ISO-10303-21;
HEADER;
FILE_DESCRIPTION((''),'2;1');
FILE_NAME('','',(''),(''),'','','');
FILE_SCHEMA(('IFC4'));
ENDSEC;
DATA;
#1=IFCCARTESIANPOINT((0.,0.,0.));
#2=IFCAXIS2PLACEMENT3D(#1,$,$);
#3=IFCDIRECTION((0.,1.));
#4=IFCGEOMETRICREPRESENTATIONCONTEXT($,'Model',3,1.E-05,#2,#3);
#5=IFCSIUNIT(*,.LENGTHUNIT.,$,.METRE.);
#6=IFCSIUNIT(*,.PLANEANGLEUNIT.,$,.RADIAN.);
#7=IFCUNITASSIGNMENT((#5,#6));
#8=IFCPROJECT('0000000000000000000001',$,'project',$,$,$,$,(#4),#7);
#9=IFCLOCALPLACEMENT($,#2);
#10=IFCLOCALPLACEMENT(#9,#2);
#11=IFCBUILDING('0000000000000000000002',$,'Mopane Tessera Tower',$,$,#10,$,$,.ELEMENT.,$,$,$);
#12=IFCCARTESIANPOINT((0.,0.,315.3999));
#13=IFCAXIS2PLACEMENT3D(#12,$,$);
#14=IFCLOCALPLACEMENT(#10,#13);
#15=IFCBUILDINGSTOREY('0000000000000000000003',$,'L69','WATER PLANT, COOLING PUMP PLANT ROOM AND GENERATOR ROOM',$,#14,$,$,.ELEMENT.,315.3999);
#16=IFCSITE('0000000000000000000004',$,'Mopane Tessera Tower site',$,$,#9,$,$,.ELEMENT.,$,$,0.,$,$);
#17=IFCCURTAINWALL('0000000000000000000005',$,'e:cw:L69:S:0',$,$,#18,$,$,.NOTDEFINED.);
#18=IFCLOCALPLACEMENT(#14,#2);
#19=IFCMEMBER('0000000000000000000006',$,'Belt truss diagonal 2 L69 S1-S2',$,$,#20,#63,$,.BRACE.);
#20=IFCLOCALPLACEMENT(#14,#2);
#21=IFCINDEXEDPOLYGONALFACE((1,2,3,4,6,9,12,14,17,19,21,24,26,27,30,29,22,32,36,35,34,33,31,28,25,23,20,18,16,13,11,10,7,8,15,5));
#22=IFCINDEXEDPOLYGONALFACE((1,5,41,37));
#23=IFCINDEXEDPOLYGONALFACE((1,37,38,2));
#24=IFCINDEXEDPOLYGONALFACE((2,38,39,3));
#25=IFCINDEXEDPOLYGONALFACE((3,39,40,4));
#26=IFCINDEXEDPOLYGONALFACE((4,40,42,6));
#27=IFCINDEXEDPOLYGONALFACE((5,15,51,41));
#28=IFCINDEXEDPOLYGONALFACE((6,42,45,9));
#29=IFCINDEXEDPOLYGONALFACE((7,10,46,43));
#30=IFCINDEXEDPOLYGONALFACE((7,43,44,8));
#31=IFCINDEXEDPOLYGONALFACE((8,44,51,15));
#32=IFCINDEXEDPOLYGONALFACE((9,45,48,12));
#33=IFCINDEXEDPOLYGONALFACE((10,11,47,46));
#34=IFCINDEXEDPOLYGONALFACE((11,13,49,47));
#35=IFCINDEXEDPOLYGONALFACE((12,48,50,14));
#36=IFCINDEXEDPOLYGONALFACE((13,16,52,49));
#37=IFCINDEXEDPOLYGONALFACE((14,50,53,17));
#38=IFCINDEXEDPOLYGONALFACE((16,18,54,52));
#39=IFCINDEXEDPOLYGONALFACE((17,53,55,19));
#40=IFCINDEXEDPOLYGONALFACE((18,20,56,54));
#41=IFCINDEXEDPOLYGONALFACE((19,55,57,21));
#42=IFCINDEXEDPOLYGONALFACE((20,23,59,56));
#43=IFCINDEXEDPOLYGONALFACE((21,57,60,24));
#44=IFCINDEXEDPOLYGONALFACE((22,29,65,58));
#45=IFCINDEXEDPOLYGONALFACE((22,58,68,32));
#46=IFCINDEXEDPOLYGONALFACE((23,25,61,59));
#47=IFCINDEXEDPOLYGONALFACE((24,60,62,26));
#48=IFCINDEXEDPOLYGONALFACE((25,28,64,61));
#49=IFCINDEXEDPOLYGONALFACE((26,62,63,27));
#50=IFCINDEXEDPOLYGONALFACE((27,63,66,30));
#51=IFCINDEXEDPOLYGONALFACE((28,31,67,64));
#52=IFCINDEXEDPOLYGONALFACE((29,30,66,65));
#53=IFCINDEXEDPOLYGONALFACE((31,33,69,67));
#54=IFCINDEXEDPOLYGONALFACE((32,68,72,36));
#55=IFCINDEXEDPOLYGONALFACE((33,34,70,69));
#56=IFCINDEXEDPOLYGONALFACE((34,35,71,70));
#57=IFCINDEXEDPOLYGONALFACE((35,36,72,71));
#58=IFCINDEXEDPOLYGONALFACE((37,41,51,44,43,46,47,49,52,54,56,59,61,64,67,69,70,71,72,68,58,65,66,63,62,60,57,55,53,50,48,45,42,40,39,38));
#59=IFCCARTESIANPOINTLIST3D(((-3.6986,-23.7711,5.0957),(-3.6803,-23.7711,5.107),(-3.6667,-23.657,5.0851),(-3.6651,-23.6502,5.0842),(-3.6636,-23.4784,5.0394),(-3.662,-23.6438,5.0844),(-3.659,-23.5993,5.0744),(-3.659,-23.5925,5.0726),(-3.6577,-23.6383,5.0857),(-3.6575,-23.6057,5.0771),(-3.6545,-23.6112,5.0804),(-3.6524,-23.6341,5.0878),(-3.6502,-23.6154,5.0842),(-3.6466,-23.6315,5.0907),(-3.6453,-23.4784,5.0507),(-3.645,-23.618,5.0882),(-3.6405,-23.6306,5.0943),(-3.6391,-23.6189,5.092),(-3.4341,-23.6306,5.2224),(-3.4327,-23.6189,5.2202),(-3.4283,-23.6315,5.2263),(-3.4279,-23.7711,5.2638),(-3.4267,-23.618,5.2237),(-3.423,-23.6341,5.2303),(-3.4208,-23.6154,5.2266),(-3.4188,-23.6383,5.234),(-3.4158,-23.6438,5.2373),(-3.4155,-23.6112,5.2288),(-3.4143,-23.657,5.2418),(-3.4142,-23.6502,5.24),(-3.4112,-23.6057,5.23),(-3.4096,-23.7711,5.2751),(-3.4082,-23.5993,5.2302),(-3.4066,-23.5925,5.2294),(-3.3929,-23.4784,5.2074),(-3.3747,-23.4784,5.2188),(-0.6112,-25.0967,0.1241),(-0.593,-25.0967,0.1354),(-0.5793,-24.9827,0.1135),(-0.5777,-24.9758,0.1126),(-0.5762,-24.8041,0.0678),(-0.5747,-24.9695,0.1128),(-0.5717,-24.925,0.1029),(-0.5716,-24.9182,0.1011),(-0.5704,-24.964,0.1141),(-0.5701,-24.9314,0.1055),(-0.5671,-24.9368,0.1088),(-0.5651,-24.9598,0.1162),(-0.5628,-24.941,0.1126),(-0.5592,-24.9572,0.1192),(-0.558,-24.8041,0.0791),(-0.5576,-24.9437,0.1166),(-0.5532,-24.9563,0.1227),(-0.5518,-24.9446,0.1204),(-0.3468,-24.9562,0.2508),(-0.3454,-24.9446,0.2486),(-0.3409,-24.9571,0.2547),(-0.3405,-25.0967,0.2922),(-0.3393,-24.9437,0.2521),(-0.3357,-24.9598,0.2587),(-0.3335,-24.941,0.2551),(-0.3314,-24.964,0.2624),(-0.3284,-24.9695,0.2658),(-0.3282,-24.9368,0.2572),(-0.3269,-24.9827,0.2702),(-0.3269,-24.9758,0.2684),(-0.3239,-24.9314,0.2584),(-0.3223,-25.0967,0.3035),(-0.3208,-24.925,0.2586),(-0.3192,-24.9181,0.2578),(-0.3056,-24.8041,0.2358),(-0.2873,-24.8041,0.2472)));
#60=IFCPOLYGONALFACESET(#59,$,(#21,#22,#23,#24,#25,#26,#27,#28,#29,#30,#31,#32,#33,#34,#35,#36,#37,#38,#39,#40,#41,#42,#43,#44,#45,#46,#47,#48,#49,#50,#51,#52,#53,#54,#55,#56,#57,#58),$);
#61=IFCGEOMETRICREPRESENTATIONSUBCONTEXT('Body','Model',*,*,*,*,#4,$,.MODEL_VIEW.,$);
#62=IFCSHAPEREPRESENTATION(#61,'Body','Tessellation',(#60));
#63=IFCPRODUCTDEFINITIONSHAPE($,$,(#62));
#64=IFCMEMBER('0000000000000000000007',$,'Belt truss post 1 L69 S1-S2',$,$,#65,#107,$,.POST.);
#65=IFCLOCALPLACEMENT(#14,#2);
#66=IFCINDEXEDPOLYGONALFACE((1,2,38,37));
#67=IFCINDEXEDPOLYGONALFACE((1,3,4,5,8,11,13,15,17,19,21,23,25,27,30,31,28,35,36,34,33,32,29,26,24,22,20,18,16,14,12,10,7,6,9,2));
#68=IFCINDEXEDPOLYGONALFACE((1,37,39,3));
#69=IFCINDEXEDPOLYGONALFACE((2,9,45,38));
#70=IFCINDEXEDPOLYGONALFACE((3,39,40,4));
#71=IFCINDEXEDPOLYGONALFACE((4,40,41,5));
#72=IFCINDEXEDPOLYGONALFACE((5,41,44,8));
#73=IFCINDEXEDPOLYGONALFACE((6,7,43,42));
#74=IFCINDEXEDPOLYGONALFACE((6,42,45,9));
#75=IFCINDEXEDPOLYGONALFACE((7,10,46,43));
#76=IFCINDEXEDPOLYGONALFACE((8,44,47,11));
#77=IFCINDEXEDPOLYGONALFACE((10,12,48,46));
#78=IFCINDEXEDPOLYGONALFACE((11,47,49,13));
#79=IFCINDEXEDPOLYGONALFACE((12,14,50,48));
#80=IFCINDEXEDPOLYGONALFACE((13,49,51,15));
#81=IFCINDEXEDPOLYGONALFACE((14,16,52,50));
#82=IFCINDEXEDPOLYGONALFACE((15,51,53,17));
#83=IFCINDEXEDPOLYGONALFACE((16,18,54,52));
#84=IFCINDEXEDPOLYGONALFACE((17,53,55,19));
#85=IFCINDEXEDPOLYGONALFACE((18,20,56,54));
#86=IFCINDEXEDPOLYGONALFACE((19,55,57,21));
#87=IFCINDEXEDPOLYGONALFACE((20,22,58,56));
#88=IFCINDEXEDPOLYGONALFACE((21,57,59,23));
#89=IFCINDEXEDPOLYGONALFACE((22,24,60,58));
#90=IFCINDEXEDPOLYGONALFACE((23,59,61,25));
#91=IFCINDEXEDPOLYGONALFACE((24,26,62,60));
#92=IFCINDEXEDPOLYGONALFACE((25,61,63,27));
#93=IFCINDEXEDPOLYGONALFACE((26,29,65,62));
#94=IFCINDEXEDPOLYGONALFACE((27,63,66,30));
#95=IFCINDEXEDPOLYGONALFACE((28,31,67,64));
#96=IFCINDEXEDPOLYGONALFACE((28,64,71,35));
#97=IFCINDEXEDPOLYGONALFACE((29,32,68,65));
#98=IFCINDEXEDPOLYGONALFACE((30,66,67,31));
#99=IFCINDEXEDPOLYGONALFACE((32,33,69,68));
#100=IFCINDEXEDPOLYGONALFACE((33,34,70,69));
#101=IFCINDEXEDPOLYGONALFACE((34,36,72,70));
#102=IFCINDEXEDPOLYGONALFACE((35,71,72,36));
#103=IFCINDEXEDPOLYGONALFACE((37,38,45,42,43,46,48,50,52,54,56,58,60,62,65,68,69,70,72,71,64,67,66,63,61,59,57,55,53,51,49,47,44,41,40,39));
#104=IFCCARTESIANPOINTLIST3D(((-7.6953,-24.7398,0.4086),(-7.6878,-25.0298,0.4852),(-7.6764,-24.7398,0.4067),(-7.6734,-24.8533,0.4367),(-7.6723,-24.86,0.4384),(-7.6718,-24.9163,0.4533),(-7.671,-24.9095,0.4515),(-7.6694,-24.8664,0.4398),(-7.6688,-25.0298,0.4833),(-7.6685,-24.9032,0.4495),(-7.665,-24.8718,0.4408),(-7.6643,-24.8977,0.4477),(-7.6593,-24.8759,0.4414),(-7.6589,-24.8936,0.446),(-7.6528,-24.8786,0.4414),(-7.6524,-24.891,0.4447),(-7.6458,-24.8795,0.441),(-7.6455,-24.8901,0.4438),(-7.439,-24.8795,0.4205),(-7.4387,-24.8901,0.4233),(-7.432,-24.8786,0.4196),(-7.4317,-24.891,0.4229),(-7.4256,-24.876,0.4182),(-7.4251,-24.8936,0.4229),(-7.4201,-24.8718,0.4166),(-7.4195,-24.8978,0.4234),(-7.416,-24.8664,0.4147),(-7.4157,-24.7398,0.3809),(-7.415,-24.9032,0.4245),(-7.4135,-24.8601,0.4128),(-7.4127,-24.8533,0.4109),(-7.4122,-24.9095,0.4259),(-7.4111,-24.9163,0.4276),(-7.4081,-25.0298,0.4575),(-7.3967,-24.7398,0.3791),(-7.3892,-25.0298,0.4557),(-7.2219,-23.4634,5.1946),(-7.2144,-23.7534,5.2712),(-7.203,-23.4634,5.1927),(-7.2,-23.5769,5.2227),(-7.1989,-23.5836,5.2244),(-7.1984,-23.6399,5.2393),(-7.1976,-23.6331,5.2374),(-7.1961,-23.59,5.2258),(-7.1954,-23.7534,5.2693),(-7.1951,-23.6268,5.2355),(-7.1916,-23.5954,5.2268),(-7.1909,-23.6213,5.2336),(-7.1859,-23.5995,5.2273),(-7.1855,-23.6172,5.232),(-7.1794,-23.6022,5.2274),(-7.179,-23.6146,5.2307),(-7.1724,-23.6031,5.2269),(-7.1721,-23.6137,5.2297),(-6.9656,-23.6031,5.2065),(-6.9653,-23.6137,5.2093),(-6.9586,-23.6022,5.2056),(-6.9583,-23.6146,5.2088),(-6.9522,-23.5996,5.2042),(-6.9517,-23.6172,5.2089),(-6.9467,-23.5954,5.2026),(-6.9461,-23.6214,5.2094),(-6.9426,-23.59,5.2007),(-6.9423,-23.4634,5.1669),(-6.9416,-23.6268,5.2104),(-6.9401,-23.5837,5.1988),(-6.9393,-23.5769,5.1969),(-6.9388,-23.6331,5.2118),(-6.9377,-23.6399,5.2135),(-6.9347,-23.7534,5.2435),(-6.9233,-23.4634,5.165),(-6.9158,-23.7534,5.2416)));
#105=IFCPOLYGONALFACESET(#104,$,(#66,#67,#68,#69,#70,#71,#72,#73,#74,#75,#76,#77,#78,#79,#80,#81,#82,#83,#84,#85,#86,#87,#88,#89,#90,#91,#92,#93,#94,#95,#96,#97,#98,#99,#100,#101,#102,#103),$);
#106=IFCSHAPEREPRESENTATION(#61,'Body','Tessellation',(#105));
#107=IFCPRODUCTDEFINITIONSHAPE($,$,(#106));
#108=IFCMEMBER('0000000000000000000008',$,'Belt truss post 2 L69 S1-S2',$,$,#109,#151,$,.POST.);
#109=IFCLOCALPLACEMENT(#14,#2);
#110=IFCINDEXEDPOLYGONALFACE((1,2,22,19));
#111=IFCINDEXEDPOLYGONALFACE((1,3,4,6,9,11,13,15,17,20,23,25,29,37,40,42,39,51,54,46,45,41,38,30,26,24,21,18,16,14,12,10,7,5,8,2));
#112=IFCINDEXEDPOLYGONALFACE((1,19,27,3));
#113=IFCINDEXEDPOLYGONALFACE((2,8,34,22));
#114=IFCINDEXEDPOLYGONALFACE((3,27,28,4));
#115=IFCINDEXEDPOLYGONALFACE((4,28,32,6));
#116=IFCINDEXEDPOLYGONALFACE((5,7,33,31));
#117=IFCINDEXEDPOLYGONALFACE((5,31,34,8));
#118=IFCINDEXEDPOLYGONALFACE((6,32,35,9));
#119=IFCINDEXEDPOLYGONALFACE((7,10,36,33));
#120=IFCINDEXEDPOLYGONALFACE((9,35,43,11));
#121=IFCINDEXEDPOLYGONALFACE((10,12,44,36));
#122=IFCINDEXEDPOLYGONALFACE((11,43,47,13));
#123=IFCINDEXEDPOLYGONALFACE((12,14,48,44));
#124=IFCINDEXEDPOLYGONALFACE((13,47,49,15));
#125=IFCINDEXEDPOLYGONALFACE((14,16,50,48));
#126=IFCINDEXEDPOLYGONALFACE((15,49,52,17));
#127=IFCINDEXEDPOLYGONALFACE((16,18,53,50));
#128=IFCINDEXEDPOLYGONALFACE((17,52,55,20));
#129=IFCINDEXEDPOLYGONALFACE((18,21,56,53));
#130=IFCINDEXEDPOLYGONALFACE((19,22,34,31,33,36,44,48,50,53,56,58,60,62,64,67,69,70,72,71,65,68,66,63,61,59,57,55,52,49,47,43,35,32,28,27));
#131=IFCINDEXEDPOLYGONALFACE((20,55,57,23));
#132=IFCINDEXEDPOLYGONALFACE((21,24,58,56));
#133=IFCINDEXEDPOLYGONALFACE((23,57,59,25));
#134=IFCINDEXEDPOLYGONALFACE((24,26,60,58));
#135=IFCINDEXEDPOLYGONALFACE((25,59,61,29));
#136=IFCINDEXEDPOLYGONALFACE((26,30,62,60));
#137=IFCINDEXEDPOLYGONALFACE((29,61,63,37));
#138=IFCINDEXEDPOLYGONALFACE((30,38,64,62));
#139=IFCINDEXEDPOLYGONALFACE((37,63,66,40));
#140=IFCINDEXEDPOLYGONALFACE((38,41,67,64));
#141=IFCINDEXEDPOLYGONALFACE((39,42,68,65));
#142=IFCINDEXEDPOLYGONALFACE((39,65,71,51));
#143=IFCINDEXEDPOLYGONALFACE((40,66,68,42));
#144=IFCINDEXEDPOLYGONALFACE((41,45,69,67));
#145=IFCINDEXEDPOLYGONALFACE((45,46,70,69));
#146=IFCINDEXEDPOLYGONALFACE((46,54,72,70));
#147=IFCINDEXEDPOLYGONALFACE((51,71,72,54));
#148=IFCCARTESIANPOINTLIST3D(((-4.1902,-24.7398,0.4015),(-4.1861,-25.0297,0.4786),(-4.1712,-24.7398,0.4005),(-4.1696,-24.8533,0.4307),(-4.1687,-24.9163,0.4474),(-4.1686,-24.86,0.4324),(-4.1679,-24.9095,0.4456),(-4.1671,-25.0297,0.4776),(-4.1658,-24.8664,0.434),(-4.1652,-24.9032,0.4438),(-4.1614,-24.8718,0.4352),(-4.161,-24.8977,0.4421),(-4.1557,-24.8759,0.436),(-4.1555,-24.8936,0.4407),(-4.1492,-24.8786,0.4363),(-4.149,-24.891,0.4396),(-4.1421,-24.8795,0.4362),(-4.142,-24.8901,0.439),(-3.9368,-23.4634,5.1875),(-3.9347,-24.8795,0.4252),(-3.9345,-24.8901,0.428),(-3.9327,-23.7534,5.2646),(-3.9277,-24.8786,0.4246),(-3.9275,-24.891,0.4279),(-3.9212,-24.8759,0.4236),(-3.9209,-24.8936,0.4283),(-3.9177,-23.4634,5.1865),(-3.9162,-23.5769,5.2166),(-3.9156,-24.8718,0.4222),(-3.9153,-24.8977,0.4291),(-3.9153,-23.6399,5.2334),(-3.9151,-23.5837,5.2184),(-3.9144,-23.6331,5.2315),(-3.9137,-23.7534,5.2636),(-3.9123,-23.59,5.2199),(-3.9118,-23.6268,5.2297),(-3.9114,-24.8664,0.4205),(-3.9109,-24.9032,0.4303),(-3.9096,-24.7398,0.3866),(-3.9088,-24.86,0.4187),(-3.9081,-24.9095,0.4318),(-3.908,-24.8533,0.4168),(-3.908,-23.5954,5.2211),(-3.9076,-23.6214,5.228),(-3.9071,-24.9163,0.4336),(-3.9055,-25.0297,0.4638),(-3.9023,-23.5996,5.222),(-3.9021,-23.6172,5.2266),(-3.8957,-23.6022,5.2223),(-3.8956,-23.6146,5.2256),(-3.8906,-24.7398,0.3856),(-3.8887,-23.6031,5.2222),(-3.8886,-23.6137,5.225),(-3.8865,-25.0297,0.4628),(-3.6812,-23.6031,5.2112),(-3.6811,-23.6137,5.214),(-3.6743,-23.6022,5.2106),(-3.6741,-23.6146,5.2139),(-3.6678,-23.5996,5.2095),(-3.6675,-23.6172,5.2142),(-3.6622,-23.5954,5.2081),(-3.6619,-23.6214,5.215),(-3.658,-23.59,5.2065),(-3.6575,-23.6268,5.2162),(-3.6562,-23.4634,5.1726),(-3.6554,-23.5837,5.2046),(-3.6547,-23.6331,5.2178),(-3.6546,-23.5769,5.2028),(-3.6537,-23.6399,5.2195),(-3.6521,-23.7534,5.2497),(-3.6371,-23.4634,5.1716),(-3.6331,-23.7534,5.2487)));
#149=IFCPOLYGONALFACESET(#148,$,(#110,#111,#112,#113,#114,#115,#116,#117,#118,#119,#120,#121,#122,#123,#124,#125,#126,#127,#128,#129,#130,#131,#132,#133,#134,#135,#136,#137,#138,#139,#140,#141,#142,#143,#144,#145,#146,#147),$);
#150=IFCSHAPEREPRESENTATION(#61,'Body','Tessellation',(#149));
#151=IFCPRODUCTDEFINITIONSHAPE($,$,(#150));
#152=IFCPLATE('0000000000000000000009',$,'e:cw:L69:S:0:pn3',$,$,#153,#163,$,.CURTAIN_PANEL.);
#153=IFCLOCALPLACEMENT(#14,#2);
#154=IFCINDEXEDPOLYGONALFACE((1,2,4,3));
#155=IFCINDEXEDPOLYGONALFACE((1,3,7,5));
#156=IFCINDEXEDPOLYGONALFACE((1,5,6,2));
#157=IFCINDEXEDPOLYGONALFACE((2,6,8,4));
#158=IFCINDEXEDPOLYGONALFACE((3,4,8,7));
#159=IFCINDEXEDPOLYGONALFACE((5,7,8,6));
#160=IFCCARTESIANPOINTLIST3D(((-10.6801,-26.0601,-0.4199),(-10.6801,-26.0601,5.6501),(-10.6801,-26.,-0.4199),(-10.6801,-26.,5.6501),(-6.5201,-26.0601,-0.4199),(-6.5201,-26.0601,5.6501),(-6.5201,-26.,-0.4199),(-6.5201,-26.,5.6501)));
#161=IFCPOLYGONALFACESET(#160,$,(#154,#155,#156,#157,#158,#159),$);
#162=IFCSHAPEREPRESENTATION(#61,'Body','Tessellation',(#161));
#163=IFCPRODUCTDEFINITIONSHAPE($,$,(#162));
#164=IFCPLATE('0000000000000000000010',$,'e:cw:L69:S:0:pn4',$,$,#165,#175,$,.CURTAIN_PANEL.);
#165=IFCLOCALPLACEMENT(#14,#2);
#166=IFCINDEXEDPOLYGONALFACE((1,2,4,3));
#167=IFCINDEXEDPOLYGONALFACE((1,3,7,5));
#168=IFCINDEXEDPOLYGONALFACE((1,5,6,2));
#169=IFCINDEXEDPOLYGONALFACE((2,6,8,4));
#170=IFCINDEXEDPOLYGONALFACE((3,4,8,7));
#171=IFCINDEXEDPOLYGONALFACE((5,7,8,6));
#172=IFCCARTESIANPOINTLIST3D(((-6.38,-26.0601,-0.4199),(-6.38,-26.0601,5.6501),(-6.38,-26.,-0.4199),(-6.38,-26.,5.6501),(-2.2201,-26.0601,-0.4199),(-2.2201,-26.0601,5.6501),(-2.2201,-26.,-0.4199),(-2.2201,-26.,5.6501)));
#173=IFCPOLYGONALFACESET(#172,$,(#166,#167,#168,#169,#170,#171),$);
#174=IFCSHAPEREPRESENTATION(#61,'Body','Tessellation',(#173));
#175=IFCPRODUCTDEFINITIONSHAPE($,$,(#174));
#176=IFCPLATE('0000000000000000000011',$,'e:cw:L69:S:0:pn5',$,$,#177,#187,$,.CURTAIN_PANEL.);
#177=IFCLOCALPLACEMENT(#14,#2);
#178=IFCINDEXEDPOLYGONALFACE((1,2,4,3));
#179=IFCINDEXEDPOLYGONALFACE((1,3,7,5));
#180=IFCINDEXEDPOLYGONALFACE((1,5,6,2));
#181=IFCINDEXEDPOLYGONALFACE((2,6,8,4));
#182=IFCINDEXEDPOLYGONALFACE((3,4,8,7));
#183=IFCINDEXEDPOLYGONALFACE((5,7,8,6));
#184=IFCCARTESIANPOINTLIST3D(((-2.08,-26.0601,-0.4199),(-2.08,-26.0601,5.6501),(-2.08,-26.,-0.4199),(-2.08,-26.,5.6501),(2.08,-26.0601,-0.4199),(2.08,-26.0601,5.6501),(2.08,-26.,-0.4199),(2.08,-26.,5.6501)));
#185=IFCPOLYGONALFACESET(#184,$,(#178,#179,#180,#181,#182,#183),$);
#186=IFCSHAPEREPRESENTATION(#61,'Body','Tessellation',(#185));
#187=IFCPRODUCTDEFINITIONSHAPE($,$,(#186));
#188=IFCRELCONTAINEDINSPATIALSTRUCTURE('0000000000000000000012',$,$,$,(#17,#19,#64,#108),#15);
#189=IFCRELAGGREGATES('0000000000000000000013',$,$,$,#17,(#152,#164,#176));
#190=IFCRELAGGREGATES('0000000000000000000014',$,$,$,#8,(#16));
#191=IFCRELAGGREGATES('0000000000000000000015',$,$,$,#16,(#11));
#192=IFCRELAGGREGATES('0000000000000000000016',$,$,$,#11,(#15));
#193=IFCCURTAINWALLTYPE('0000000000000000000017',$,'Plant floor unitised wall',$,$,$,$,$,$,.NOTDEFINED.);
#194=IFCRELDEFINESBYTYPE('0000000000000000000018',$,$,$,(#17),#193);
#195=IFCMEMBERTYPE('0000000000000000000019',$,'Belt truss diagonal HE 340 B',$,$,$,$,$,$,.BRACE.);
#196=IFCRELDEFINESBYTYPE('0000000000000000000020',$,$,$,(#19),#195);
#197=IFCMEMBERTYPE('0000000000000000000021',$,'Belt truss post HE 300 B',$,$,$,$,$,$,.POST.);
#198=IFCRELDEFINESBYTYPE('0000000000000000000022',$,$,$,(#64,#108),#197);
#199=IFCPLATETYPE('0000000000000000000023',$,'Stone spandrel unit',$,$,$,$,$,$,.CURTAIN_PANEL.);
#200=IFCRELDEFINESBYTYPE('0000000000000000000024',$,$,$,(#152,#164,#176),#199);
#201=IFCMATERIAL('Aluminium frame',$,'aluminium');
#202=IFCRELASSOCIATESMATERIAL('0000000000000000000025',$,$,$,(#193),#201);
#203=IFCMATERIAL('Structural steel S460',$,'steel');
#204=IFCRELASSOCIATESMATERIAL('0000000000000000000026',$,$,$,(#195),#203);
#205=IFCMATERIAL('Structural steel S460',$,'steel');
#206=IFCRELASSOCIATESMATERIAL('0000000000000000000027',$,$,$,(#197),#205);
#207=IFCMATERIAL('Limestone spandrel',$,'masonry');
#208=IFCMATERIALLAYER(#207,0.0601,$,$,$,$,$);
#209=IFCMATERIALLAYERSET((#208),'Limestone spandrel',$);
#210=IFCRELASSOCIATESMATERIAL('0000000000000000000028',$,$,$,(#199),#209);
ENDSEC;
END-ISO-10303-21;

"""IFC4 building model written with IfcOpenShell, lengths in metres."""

from ifc_helpers import new_model, si_unit, direction, frame, origin, origin_2d, place, context, subcontext, project, spatial, rectangle, i_section, extrude, material, layer, layer_set, material_profile, profile_set, type_object, element, aggregate, save


model = new_model("IFC4")

# Units and contexts
model_context = context("Model", 3, precision=1e-05, world=origin(), true_north=direction((0.0, 1.0)))
body_context = subcontext(model_context, "Body", "Model", "MODEL_VIEW")
ifc_project = project(units=[si_unit("LENGTHUNIT", "METRE"), si_unit("PLANEANGLEUNIT", "RADIAN")], contexts=[model_context])

# Site, building, storey
site_placement = place(None, origin())
site = spatial("IfcSite", under=ifc_project, at=site_placement, Name="Mopane Tessera Tower site", CompositionType="ELEMENT", RefElevation=0.0)
building_placement = place(site_placement, origin())
building = spatial("IfcBuilding", under=site, at=building_placement, Name="Mopane Tessera Tower", CompositionType="ELEMENT")
storey_placement = place(building_placement, frame((0.0, 0.0, 315.3999)))
storey = spatial("IfcBuildingStorey", under=building, at=storey_placement, Name="L69", Description="WATER PLANT, COOLING PUMP PLANT ROOM AND GENERATOR ROOM", CompositionType="ELEMENT", Elevation=315.3999)

# Curtain wall
ifc_material_1 = material(Name="Aluminium frame", Category="aluminium")
curtain_wall_type = type_object("IfcCurtainWallType", Name="Plant floor unitised wall", PredefinedType="NOTDEFINED", material=ifc_material_1)
curtain_wall_placement = place(storey_placement, origin())
curtain_wall = element("IfcCurtainWall", 1, at=curtain_wall_placement, inside=storey, type_object=curtain_wall_type, Name="e:cw:L69:S:0", PredefinedType="NOTDEFINED")

# Members
ifc_material_2 = material(Name="Structural steel S460", Category="steel")
ifc_material_profile_1 = material_profile(ifc_material_2, i_section(OverallWidth=0.3, OverallDepth=0.3401, WebThickness=0.012, FlangeThickness=0.0215, FilletRadius=0.0271, at=origin_2d()))
ifc_profile_set_1 = profile_set([ifc_material_profile_1], Name="Structural steel S460")
member_type_1 = type_object("IfcMemberType", Name="Belt truss diagonal HE 340 B", PredefinedType="BRACE", material=ifc_profile_set_1)
member_1_placement = place(storey_placement, frame((-3.5366, -23.6248, 5.1572), z_axis=(0.514516, -0.220926, -0.828532), x_axis=(0.116525, 0.975291, -0.187697)))
element("IfcMember", 2, at=member_1_placement, inside=storey, type_object=member_type_1, Name="Belt truss diagonal 2 L69 S1-S2", PredefinedType="BRACE", context=body_context, shape_type="SweptSolid", body=[
    extrude(i_section(OverallWidth=0.3, OverallDepth=0.3401, WebThickness=0.012, FlangeThickness=0.0215, FilletRadius=0.0271, at=origin_2d()), origin(), (0.0, 0.0, 1.0), 6.0005),
])
ifc_material_3 = material(Name="Structural steel S460", Category="steel")
ifc_material_profile_2 = material_profile(ifc_material_3, i_section(OverallWidth=0.3, OverallDepth=0.3, WebThickness=0.011, FlangeThickness=0.019, FilletRadius=0.0271, at=origin_2d()))
ifc_profile_set_2 = profile_set([ifc_material_profile_2], Name="Structural steel S460")
member_type_2 = type_object("IfcMemberType", Name="Belt truss post HE 300 B", PredefinedType="POST", material=ifc_profile_set_2)
member_2_placement = place(storey_placement, frame((-7.5422, -24.8848, 0.4321), z_axis=(0.095139, 0.256518, 0.961846), x_axis=(-0.02519, 0.966539, -0.255279)))
element("IfcMember", 3, at=member_2_placement, inside=storey, type_object=member_type_2, Name="Belt truss post 1 L69 S1-S2", PredefinedType="POST", context=body_context, shape_type="SweptSolid", body=[
    extrude(i_section(OverallWidth=0.3, OverallDepth=0.3, WebThickness=0.011, FlangeThickness=0.019, FilletRadius=0.0271, at=origin_2d()), origin(), (0.0, 0.0, 1.0), 4.9758),
])
member_3_placement = place(storey_placement, frame((-4.0383, -24.8848, 0.4321), z_axis=(0.051096, 0.257351, 0.964966), x_axis=(-0.013614, 0.966318, -0.25699)))
element("IfcMember", 4, at=member_3_placement, inside=storey, type_object=member_type_2, Name="Belt truss post 2 L69 S1-S2", PredefinedType="POST", context=body_context, shape_type="SweptSolid", body=[
    extrude(i_section(OverallWidth=0.3, OverallDepth=0.3, WebThickness=0.011, FlangeThickness=0.019, FilletRadius=0.0271, at=origin_2d()), origin(), (0.0, 0.0, 1.0), 4.9597),
])

# Plates
ifc_material_4 = material(Name="Limestone spandrel", Category="masonry")
ifc_layer_1 = layer(ifc_material_4, 0.0601)
ifc_layer_set_1 = layer_set([ifc_layer_1], Name="Limestone spandrel")
plate_type = type_object("IfcPlateType", Name="Stone spandrel unit", PredefinedType="CURTAIN_PANEL", material=ifc_layer_set_1)
plate_1_placement = place(storey_placement, frame((-8.6001, -26.03, -0.4199), z_axis=(0.0, 0.0, 1.0), x_axis=(1.0, 0.0, 0.0)))
plate_1 = element("IfcPlate", 5, at=plate_1_placement, type_object=plate_type, Name="e:cw:L69:S:0:pn3", PredefinedType="CURTAIN_PANEL", context=body_context, shape_type="SweptSolid", body=[
    extrude(rectangle(XDim=4.1599, YDim=0.0601, at=origin_2d()), origin(), (0.0, 0.0, 1.0), 6.0701),
])
plate_2_placement = place(storey_placement, frame((-4.3, -26.03, -0.4199), z_axis=(0.0, 0.0, 1.0), x_axis=(1.0, 0.0, 0.0)))
plate_2 = element("IfcPlate", 6, at=plate_2_placement, type_object=plate_type, Name="e:cw:L69:S:0:pn4", PredefinedType="CURTAIN_PANEL", context=body_context, shape_type="SweptSolid", body=[
    extrude(rectangle(XDim=4.1599, YDim=0.0601, at=origin_2d()), origin(), (0.0, 0.0, 1.0), 6.0701),
])
plate_3_placement = place(storey_placement, frame((0.0, -26.03, -0.4199), z_axis=(0.0, 0.0, 1.0), x_axis=(1.0, 0.0, 0.0)))
plate_3 = element("IfcPlate", 7, at=plate_3_placement, type_object=plate_type, Name="e:cw:L69:S:0:pn5", PredefinedType="CURTAIN_PANEL", context=body_context, shape_type="SweptSolid", body=[
    extrude(rectangle(XDim=4.1599, YDim=0.0601, at=origin_2d()), origin(), (0.0, 0.0, 1.0), 6.0701),
])
aggregate(curtain_wall, [plate_1, plate_2, plate_3])

save(model, "model.ifc")
